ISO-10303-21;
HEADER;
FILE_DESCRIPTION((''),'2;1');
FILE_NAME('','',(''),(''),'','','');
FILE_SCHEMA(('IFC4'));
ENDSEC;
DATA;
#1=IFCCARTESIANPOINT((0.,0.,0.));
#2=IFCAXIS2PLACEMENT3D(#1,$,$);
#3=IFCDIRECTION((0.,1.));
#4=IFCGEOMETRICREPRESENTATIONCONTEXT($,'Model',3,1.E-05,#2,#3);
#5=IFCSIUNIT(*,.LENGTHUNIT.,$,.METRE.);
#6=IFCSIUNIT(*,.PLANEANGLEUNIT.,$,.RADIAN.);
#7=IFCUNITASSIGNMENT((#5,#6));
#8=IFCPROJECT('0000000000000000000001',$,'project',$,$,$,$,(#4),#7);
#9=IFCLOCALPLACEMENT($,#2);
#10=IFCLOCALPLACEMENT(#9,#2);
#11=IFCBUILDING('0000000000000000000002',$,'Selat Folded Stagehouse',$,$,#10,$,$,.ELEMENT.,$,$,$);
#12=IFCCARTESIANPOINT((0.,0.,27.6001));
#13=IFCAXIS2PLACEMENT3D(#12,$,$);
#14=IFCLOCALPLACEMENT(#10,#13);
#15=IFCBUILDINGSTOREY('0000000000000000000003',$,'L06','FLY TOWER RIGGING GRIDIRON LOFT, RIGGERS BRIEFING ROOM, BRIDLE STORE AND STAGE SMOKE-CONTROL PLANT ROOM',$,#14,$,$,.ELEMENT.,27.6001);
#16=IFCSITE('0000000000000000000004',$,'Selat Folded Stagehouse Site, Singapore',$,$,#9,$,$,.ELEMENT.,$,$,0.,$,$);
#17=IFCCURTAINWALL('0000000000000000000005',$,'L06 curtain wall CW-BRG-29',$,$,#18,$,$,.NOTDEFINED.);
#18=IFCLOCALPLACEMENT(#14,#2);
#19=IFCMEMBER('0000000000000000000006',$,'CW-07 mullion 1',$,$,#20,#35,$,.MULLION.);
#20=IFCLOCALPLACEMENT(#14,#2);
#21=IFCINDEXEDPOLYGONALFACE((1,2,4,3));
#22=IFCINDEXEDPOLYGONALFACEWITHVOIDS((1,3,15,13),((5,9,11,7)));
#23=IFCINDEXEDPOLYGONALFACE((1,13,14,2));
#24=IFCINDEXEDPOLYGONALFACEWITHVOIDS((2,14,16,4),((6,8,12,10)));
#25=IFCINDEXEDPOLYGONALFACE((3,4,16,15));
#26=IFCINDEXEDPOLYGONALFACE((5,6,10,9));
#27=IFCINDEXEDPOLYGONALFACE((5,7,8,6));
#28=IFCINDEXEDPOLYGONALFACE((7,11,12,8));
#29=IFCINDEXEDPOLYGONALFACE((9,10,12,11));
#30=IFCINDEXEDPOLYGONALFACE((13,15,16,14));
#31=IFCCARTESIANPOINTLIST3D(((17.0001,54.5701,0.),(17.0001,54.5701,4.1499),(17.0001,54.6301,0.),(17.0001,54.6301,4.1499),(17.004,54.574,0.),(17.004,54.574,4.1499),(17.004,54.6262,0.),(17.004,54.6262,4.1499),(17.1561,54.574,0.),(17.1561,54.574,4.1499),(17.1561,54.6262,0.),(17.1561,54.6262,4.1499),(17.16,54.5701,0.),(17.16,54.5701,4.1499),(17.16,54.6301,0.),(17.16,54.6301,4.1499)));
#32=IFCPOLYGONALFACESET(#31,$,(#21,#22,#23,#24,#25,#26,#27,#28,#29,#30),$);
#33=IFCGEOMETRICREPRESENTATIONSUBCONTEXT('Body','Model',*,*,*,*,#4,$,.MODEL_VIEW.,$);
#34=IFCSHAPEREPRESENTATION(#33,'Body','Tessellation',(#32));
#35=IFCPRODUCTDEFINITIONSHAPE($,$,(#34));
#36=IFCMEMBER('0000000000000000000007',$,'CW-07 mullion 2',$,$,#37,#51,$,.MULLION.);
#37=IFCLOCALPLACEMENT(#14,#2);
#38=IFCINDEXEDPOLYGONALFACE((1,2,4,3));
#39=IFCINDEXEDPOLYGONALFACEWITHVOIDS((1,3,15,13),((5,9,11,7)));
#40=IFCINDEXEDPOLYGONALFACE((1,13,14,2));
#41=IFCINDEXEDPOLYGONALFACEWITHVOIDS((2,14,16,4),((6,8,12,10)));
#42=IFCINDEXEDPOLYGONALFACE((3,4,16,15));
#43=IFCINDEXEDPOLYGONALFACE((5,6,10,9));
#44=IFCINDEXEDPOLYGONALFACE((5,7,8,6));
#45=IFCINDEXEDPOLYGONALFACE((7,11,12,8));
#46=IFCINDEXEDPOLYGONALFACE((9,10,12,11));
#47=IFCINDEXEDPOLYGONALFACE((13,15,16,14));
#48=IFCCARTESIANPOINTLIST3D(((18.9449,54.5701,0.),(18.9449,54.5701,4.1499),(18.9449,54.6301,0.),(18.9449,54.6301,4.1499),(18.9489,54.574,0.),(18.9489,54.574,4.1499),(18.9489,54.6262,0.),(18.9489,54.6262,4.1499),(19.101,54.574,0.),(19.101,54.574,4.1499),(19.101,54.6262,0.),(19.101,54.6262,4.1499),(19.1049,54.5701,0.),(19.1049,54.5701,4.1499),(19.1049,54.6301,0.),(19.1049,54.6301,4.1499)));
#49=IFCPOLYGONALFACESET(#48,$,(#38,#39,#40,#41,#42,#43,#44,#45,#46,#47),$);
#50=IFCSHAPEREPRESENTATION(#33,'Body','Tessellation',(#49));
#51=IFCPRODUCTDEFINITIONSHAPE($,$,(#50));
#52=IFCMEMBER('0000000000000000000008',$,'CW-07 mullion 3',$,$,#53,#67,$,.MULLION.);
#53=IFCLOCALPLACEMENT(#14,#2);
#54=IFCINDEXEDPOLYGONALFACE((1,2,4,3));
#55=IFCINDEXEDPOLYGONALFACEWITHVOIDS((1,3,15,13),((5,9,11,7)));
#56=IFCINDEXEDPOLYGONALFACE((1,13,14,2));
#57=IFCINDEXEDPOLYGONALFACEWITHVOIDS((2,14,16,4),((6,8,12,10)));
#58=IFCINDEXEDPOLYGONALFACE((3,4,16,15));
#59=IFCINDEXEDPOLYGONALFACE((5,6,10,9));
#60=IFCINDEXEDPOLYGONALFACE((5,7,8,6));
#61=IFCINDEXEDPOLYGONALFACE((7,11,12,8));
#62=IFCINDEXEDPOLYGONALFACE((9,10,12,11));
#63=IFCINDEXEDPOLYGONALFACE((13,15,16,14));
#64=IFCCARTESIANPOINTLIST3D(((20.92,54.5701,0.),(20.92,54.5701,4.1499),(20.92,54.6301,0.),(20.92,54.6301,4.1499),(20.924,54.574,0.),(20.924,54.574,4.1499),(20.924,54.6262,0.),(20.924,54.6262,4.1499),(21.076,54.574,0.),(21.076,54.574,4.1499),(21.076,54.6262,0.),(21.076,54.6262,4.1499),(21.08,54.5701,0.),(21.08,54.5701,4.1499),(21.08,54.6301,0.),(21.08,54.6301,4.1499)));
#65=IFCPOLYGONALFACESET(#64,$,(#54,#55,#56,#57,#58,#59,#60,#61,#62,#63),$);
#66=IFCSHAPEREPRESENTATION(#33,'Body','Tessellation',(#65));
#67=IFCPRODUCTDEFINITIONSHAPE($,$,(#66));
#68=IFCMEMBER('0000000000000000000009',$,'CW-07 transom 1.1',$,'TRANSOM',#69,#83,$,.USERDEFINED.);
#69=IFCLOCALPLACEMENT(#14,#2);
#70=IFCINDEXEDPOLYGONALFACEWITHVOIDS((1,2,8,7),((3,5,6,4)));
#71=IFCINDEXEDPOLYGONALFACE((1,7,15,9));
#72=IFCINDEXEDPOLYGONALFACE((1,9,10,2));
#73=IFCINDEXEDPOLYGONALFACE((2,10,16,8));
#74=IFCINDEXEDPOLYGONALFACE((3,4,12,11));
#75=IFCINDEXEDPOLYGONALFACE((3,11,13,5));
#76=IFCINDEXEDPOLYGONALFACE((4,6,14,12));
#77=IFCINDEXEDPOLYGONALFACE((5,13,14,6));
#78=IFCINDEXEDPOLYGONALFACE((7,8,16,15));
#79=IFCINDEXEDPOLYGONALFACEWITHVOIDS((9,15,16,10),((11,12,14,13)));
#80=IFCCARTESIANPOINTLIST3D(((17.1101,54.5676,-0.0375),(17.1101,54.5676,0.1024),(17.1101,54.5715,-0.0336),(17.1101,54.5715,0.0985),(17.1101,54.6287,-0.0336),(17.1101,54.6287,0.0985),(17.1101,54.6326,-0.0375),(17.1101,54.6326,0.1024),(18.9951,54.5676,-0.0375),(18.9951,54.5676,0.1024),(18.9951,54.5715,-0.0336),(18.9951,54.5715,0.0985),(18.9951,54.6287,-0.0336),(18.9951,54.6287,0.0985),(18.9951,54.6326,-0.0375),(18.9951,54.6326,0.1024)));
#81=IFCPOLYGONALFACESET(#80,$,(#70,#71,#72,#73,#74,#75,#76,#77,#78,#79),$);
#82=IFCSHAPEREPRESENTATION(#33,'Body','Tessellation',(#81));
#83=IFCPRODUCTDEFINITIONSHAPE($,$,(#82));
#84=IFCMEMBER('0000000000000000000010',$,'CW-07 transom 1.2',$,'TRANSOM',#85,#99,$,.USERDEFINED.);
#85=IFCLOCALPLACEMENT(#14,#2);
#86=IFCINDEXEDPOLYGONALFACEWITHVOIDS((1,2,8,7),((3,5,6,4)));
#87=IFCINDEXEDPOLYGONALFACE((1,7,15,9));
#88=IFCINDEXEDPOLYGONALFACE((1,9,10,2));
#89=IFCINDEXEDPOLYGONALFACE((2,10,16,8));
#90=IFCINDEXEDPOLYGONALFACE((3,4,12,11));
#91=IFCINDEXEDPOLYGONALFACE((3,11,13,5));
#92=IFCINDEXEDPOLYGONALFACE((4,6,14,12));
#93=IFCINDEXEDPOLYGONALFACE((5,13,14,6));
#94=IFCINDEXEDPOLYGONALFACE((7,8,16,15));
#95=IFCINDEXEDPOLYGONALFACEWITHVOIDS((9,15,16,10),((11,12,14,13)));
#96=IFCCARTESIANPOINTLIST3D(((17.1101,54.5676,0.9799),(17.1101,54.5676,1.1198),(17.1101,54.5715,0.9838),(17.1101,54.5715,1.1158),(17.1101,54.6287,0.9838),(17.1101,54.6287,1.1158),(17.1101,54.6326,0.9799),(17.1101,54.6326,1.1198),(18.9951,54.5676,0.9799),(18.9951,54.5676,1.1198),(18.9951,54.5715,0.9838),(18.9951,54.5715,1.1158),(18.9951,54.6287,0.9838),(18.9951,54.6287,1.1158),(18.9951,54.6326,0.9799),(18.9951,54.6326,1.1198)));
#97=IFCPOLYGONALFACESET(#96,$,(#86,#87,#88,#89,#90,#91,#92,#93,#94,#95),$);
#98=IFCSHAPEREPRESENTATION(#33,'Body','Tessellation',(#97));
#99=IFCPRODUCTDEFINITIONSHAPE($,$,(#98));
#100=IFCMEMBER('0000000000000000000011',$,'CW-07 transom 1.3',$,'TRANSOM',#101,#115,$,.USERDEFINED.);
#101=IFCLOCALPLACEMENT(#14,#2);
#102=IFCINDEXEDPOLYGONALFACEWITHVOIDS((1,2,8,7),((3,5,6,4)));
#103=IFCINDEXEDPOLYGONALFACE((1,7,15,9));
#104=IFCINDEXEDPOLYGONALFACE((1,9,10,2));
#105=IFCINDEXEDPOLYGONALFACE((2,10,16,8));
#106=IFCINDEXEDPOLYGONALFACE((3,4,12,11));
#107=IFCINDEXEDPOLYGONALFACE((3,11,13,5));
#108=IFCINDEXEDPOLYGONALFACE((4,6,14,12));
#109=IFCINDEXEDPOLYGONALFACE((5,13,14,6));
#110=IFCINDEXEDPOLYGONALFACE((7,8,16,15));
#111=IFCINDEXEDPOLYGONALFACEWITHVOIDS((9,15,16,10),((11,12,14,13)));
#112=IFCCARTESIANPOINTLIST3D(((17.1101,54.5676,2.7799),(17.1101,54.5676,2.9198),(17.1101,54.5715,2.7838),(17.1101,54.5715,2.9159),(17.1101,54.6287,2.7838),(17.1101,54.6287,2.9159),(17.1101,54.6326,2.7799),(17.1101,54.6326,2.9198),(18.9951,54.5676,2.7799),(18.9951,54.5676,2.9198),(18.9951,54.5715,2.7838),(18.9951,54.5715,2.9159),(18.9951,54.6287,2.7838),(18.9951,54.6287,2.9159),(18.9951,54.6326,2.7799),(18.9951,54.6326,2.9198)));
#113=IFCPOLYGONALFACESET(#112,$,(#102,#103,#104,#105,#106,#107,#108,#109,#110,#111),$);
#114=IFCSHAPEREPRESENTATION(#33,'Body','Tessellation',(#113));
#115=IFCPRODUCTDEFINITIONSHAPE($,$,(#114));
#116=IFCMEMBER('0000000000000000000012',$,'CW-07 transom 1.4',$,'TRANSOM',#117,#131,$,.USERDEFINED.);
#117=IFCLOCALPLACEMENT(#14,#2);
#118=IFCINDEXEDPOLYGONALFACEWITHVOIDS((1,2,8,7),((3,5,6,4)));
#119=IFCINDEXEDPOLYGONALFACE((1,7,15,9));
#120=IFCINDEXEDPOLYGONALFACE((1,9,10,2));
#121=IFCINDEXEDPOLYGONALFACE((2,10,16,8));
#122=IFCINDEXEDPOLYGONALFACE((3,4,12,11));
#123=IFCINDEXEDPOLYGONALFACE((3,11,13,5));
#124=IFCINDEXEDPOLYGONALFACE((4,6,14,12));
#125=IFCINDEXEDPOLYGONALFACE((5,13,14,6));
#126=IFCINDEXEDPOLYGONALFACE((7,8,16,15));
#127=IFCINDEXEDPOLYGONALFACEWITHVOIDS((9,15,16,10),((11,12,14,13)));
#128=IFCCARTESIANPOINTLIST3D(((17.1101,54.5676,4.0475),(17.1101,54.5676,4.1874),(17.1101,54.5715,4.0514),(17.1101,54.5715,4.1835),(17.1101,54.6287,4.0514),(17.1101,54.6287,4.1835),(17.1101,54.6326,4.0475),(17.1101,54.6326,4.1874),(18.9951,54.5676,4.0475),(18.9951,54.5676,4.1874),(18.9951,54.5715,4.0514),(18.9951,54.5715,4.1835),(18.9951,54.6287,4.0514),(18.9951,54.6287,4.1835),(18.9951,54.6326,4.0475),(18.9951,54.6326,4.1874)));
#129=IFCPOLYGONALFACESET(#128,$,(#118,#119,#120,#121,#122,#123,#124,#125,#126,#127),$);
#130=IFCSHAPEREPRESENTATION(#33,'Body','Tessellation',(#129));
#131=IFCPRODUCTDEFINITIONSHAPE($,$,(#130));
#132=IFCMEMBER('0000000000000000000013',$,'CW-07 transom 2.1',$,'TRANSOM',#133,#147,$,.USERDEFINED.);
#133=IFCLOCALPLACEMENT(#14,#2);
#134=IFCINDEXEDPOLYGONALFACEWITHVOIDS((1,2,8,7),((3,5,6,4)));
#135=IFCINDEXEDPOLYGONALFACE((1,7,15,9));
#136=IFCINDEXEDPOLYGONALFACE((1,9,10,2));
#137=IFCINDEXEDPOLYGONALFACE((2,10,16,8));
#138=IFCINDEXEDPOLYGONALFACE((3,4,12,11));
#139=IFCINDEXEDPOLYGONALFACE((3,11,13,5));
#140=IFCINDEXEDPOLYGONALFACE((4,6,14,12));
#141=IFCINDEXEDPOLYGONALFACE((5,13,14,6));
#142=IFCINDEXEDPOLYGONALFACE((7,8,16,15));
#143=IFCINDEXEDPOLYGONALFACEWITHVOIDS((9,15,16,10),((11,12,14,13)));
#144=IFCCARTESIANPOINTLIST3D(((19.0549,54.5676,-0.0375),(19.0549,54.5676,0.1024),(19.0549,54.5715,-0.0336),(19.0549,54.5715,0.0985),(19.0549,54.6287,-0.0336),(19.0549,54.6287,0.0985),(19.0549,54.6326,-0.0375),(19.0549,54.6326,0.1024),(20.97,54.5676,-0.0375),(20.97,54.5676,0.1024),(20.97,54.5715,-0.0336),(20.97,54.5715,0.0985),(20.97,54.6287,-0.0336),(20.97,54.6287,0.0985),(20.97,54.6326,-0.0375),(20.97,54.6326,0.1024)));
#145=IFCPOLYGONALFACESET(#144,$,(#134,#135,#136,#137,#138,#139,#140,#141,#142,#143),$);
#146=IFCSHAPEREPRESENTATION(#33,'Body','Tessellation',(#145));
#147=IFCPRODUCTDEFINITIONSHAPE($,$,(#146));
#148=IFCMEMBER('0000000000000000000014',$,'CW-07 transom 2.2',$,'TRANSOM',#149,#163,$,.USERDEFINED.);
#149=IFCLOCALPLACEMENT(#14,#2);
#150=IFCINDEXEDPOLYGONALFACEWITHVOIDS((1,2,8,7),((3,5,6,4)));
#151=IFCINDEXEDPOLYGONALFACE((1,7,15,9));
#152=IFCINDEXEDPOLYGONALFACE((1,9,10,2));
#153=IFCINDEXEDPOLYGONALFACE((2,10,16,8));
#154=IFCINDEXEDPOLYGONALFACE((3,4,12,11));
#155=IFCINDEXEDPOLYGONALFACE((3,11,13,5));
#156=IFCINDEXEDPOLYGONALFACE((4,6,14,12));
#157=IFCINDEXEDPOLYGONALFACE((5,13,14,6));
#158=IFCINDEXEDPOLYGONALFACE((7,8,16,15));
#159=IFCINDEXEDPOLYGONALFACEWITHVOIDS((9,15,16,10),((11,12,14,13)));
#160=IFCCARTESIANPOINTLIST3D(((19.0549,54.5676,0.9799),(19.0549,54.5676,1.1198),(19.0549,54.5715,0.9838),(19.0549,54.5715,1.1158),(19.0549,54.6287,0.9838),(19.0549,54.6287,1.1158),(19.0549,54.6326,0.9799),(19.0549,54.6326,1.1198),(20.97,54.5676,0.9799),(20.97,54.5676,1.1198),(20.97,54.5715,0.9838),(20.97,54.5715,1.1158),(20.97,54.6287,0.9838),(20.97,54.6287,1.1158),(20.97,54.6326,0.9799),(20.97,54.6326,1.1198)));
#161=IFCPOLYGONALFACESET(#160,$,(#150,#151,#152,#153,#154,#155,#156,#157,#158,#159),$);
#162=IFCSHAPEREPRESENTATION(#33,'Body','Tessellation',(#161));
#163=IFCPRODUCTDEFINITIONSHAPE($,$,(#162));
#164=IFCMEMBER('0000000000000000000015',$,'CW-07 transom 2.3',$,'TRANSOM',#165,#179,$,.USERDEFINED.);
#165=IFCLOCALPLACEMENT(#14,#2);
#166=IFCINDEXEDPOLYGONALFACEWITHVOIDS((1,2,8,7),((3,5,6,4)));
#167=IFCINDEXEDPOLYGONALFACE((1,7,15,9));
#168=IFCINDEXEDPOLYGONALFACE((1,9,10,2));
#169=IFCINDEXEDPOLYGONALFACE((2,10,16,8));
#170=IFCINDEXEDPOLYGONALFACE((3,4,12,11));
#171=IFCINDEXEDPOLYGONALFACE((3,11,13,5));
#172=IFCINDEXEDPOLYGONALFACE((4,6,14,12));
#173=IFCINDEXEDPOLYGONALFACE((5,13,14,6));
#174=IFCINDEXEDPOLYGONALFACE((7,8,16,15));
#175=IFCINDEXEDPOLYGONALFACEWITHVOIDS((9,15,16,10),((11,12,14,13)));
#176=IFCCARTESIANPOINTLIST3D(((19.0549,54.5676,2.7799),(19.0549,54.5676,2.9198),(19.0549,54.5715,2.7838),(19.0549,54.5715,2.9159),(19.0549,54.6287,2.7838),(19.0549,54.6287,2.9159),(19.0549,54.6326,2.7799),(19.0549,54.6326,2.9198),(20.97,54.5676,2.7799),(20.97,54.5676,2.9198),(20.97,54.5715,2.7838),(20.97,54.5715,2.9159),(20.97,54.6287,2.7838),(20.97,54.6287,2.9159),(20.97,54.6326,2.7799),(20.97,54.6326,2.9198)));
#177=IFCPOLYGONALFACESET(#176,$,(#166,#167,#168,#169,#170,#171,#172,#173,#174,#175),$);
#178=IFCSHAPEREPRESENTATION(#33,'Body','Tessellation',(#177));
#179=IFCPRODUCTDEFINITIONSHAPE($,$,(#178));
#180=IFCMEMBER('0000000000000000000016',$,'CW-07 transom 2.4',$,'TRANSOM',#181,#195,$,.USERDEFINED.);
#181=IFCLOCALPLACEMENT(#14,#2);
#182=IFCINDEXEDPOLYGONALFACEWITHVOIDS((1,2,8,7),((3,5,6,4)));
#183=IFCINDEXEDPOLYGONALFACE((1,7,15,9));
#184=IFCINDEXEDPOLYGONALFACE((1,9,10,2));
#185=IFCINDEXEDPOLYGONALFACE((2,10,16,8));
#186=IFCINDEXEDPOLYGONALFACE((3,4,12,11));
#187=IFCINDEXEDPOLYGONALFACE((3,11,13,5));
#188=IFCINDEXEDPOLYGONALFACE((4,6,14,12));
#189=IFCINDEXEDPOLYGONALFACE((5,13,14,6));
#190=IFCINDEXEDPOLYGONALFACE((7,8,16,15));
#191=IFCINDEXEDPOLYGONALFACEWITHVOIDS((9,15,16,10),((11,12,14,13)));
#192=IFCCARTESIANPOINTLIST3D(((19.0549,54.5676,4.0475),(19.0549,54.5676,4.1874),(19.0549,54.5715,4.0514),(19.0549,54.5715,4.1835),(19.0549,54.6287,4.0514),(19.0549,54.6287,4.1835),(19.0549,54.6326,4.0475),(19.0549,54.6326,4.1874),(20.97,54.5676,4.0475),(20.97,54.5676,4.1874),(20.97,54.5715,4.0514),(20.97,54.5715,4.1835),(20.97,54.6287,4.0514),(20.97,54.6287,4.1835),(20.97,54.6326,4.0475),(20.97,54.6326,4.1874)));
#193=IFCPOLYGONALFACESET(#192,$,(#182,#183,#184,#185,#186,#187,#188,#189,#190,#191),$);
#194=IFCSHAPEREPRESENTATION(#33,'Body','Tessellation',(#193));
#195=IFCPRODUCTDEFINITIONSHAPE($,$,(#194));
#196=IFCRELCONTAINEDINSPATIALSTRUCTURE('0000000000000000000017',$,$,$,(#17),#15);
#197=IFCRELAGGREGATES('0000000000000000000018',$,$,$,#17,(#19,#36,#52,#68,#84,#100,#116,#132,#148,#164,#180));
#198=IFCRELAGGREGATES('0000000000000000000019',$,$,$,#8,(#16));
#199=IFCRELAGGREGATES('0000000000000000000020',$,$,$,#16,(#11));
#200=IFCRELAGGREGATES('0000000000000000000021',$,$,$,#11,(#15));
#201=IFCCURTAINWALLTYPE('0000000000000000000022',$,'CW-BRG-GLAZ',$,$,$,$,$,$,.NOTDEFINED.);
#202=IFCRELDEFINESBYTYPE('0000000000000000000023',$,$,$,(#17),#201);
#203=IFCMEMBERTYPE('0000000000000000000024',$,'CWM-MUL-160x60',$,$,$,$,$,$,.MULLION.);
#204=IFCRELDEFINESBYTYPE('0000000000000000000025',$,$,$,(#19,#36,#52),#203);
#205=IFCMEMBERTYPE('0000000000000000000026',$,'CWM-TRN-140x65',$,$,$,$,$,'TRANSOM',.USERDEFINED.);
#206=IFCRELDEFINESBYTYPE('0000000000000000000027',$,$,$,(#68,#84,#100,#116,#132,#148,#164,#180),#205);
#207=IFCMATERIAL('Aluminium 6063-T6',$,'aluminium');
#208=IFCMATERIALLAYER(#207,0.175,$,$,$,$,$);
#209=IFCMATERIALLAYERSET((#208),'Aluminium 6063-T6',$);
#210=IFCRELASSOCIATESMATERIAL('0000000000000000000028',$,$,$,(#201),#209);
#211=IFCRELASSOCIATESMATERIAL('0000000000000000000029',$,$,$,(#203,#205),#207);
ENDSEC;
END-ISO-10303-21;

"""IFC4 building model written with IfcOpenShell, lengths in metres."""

from ifc_helpers import new_model, si_unit, direction, frame, origin, origin_2d, place, context, subcontext, project, spatial, hollow_rectangle, extrude, material, layer, layer_set, material_profile, profile_set, type_object, element, aggregate, save


model = new_model("IFC4")

# Units and contexts
model_context = context("Model", 3, precision=1e-05, world=origin(), true_north=direction((0.0, 1.0)))
body_context = subcontext(model_context, "Body", "Model", "MODEL_VIEW")
ifc_project = project(units=[si_unit("LENGTHUNIT", "METRE"), si_unit("PLANEANGLEUNIT", "RADIAN")], contexts=[model_context])

# Site, building, storey
site_placement = place(None, origin())
site = spatial("IfcSite", under=ifc_project, at=site_placement, Name="Selat Folded Stagehouse Site, Singapore", CompositionType="ELEMENT", RefElevation=0.0)
building_placement = place(site_placement, origin())
building = spatial("IfcBuilding", under=site, at=building_placement, Name="Selat Folded Stagehouse", CompositionType="ELEMENT")
storey_placement = place(building_placement, frame((0.0, 0.0, 27.6001)))
storey = spatial("IfcBuildingStorey", under=building, at=storey_placement, Name="L06", Description="FLY TOWER RIGGING GRIDIRON LOFT, RIGGERS BRIEFING ROOM, BRIDLE STORE AND STAGE SMOKE-CONTROL PLANT ROOM", CompositionType="ELEMENT", Elevation=27.6001)

# Curtain wall, members
ifc_material_1 = material(Name="Aluminium 6063-T6", Category="aluminium")
ifc_layer_1 = layer(ifc_material_1, 0.175)
ifc_layer_set_1 = layer_set([ifc_layer_1], Name="Aluminium 6063-T6")
curtain_wall_type = type_object("IfcCurtainWallType", Name="CW-BRG-GLAZ", PredefinedType="NOTDEFINED", material=ifc_layer_set_1)
curtain_wall_placement = place(storey_placement, origin())
curtain_wall = element("IfcCurtainWall", 1, at=curtain_wall_placement, inside=storey, type_object=curtain_wall_type, Name="L06 curtain wall CW-BRG-29", PredefinedType="NOTDEFINED")
ifc_material_profile_1 = material_profile(ifc_material_1, hollow_rectangle(XDim=0.0601, YDim=0.1599, WallThickness=0.0039, at=origin_2d()), Name="ALU 160x60x4.0")
ifc_profile_set_1 = profile_set([ifc_material_profile_1], Name="Aluminium 6063-T6")
member_type_1 = type_object("IfcMemberType", Name="CWM-MUL-160x60", PredefinedType="MULLION", material=ifc_profile_set_1)
member_1_placement = place(storey_placement, frame((17.0801, 54.6001, 0.0), z_axis=(0.0, 0.0, 1.0), x_axis=(0.0, 1.0, 0.0)))
member_1 = element("IfcMember", 2, at=member_1_placement, type_object=member_type_1, Name="CW-07 mullion 1", PredefinedType="MULLION", context=body_context, shape_type="SweptSolid", body=[
    extrude(hollow_rectangle(XDim=0.0601, YDim=0.1599, WallThickness=0.0039, at=origin_2d()), origin(), (0.0, 0.0, 1.0), 4.1499),
])
member_2_placement = place(storey_placement, frame((19.0249, 54.6001, 0.0), z_axis=(0.0, 0.0, 1.0), x_axis=(0.0, 1.0, 0.0)))
member_2 = element("IfcMember", 3, at=member_2_placement, type_object=member_type_1, Name="CW-07 mullion 2", PredefinedType="MULLION", context=body_context, shape_type="SweptSolid", body=[
    extrude(hollow_rectangle(XDim=0.0601, YDim=0.1599, WallThickness=0.0039, at=origin_2d()), origin(), (0.0, 0.0, 1.0), 4.1499),
])
member_3_placement = place(storey_placement, frame((21.0, 54.6001, 0.0), z_axis=(0.0, 0.0, 1.0), x_axis=(0.0, 1.0, 0.0)))
member_3 = element("IfcMember", 4, at=member_3_placement, type_object=member_type_1, Name="CW-07 mullion 3", PredefinedType="MULLION", context=body_context, shape_type="SweptSolid", body=[
    extrude(hollow_rectangle(XDim=0.0601, YDim=0.1599, WallThickness=0.0039, at=origin_2d()), origin(), (0.0, 0.0, 1.0), 4.1499),
])
ifc_material_profile_2 = material_profile(ifc_material_1, hollow_rectangle(XDim=0.0649, YDim=0.1399, WallThickness=0.0039, at=origin_2d()), Name="ALU 140x65x4.0")
ifc_profile_set_2 = profile_set([ifc_material_profile_2], Name="Aluminium 6063-T6")
member_type_2 = type_object("IfcMemberType", Name="CWM-TRN-140x65", ElementType="TRANSOM", PredefinedType="USERDEFINED", material=ifc_profile_set_2)
member_4_placement = place(storey_placement, frame((17.1101, 54.6001, 0.0325), z_axis=(1.0, 0.0, 0.0), x_axis=(0.0, 1.0, 0.0)))
member_4 = element("IfcMember", 5, at=member_4_placement, type_object=member_type_2, Name="CW-07 transom 1.1", ObjectType="TRANSOM", PredefinedType="USERDEFINED", context=body_context, shape_type="SweptSolid", body=[
    extrude(hollow_rectangle(XDim=0.0649, YDim=0.1399, WallThickness=0.0039, at=origin_2d()), origin(), (0.0, 0.0, 1.0), 1.885),
])
member_5_placement = place(storey_placement, frame((17.1101, 54.6001, 1.0498), z_axis=(1.0, 0.0, 0.0), x_axis=(0.0, 1.0, 0.0)))
member_5 = element("IfcMember", 6, at=member_5_placement, type_object=member_type_2, Name="CW-07 transom 1.2", ObjectType="TRANSOM", PredefinedType="USERDEFINED", context=body_context, shape_type="SweptSolid", body=[
    extrude(hollow_rectangle(XDim=0.0649, YDim=0.1399, WallThickness=0.0039, at=origin_2d()), origin(), (0.0, 0.0, 1.0), 1.885),
])
member_6_placement = place(storey_placement, frame((17.1101, 54.6001, 2.8499), z_axis=(1.0, 0.0, 0.0), x_axis=(0.0, 1.0, 0.0)))
member_6 = element("IfcMember", 7, at=member_6_placement, type_object=member_type_2, Name="CW-07 transom 1.3", ObjectType="TRANSOM", PredefinedType="USERDEFINED", context=body_context, shape_type="SweptSolid", body=[
    extrude(hollow_rectangle(XDim=0.0649, YDim=0.1399, WallThickness=0.0039, at=origin_2d()), origin(), (0.0, 0.0, 1.0), 1.885),
])
member_7_placement = place(storey_placement, frame((17.1101, 54.6001, 4.1174), z_axis=(1.0, 0.0, 0.0), x_axis=(0.0, 1.0, 0.0)))
member_7 = element("IfcMember", 8, at=member_7_placement, type_object=member_type_2, Name="CW-07 transom 1.4", ObjectType="TRANSOM", PredefinedType="USERDEFINED", context=body_context, shape_type="SweptSolid", body=[
    extrude(hollow_rectangle(XDim=0.0649, YDim=0.1399, WallThickness=0.0039, at=origin_2d()), origin(), (0.0, 0.0, 1.0), 1.885),
])
member_8_placement = place(storey_placement, frame((19.0549, 54.6001, 0.0325), z_axis=(1.0, 0.0, 0.0), x_axis=(0.0, 1.0, 0.0)))
member_8 = element("IfcMember", 9, at=member_8_placement, type_object=member_type_2, Name="CW-07 transom 2.1", ObjectType="TRANSOM", PredefinedType="USERDEFINED", context=body_context, shape_type="SweptSolid", body=[
    extrude(hollow_rectangle(XDim=0.0649, YDim=0.1399, WallThickness=0.0039, at=origin_2d()), origin(), (0.0, 0.0, 1.0), 1.915),
])
member_9_placement = place(storey_placement, frame((19.0549, 54.6001, 1.0498), z_axis=(1.0, 0.0, 0.0), x_axis=(0.0, 1.0, 0.0)))
member_9 = element("IfcMember", 10, at=member_9_placement, type_object=member_type_2, Name="CW-07 transom 2.2", ObjectType="TRANSOM", PredefinedType="USERDEFINED", context=body_context, shape_type="SweptSolid", body=[
    extrude(hollow_rectangle(XDim=0.0649, YDim=0.1399, WallThickness=0.0039, at=origin_2d()), origin(), (0.0, 0.0, 1.0), 1.915),
])
member_10_placement = place(storey_placement, frame((19.0549, 54.6001, 2.8499), z_axis=(1.0, 0.0, 0.0), x_axis=(0.0, 1.0, 0.0)))
member_10 = element("IfcMember", 11, at=member_10_placement, type_object=member_type_2, Name="CW-07 transom 2.3", ObjectType="TRANSOM", PredefinedType="USERDEFINED", context=body_context, shape_type="SweptSolid", body=[
    extrude(hollow_rectangle(XDim=0.0649, YDim=0.1399, WallThickness=0.0039, at=origin_2d()), origin(), (0.0, 0.0, 1.0), 1.915),
])
member_11_placement = place(storey_placement, frame((19.0549, 54.6001, 4.1174), z_axis=(1.0, 0.0, 0.0), x_axis=(0.0, 1.0, 0.0)))
member_11 = element("IfcMember", 12, at=member_11_placement, type_object=member_type_2, Name="CW-07 transom 2.4", ObjectType="TRANSOM", PredefinedType="USERDEFINED", context=body_context, shape_type="SweptSolid", body=[
    extrude(hollow_rectangle(XDim=0.0649, YDim=0.1399, WallThickness=0.0039, at=origin_2d()), origin(), (0.0, 0.0, 1.0), 1.915),
])
aggregate(curtain_wall, [member_1, member_2, member_3, member_4, member_5, member_6, member_7, member_8, member_9, member_10, member_11])

save(model, "model.ifc")
